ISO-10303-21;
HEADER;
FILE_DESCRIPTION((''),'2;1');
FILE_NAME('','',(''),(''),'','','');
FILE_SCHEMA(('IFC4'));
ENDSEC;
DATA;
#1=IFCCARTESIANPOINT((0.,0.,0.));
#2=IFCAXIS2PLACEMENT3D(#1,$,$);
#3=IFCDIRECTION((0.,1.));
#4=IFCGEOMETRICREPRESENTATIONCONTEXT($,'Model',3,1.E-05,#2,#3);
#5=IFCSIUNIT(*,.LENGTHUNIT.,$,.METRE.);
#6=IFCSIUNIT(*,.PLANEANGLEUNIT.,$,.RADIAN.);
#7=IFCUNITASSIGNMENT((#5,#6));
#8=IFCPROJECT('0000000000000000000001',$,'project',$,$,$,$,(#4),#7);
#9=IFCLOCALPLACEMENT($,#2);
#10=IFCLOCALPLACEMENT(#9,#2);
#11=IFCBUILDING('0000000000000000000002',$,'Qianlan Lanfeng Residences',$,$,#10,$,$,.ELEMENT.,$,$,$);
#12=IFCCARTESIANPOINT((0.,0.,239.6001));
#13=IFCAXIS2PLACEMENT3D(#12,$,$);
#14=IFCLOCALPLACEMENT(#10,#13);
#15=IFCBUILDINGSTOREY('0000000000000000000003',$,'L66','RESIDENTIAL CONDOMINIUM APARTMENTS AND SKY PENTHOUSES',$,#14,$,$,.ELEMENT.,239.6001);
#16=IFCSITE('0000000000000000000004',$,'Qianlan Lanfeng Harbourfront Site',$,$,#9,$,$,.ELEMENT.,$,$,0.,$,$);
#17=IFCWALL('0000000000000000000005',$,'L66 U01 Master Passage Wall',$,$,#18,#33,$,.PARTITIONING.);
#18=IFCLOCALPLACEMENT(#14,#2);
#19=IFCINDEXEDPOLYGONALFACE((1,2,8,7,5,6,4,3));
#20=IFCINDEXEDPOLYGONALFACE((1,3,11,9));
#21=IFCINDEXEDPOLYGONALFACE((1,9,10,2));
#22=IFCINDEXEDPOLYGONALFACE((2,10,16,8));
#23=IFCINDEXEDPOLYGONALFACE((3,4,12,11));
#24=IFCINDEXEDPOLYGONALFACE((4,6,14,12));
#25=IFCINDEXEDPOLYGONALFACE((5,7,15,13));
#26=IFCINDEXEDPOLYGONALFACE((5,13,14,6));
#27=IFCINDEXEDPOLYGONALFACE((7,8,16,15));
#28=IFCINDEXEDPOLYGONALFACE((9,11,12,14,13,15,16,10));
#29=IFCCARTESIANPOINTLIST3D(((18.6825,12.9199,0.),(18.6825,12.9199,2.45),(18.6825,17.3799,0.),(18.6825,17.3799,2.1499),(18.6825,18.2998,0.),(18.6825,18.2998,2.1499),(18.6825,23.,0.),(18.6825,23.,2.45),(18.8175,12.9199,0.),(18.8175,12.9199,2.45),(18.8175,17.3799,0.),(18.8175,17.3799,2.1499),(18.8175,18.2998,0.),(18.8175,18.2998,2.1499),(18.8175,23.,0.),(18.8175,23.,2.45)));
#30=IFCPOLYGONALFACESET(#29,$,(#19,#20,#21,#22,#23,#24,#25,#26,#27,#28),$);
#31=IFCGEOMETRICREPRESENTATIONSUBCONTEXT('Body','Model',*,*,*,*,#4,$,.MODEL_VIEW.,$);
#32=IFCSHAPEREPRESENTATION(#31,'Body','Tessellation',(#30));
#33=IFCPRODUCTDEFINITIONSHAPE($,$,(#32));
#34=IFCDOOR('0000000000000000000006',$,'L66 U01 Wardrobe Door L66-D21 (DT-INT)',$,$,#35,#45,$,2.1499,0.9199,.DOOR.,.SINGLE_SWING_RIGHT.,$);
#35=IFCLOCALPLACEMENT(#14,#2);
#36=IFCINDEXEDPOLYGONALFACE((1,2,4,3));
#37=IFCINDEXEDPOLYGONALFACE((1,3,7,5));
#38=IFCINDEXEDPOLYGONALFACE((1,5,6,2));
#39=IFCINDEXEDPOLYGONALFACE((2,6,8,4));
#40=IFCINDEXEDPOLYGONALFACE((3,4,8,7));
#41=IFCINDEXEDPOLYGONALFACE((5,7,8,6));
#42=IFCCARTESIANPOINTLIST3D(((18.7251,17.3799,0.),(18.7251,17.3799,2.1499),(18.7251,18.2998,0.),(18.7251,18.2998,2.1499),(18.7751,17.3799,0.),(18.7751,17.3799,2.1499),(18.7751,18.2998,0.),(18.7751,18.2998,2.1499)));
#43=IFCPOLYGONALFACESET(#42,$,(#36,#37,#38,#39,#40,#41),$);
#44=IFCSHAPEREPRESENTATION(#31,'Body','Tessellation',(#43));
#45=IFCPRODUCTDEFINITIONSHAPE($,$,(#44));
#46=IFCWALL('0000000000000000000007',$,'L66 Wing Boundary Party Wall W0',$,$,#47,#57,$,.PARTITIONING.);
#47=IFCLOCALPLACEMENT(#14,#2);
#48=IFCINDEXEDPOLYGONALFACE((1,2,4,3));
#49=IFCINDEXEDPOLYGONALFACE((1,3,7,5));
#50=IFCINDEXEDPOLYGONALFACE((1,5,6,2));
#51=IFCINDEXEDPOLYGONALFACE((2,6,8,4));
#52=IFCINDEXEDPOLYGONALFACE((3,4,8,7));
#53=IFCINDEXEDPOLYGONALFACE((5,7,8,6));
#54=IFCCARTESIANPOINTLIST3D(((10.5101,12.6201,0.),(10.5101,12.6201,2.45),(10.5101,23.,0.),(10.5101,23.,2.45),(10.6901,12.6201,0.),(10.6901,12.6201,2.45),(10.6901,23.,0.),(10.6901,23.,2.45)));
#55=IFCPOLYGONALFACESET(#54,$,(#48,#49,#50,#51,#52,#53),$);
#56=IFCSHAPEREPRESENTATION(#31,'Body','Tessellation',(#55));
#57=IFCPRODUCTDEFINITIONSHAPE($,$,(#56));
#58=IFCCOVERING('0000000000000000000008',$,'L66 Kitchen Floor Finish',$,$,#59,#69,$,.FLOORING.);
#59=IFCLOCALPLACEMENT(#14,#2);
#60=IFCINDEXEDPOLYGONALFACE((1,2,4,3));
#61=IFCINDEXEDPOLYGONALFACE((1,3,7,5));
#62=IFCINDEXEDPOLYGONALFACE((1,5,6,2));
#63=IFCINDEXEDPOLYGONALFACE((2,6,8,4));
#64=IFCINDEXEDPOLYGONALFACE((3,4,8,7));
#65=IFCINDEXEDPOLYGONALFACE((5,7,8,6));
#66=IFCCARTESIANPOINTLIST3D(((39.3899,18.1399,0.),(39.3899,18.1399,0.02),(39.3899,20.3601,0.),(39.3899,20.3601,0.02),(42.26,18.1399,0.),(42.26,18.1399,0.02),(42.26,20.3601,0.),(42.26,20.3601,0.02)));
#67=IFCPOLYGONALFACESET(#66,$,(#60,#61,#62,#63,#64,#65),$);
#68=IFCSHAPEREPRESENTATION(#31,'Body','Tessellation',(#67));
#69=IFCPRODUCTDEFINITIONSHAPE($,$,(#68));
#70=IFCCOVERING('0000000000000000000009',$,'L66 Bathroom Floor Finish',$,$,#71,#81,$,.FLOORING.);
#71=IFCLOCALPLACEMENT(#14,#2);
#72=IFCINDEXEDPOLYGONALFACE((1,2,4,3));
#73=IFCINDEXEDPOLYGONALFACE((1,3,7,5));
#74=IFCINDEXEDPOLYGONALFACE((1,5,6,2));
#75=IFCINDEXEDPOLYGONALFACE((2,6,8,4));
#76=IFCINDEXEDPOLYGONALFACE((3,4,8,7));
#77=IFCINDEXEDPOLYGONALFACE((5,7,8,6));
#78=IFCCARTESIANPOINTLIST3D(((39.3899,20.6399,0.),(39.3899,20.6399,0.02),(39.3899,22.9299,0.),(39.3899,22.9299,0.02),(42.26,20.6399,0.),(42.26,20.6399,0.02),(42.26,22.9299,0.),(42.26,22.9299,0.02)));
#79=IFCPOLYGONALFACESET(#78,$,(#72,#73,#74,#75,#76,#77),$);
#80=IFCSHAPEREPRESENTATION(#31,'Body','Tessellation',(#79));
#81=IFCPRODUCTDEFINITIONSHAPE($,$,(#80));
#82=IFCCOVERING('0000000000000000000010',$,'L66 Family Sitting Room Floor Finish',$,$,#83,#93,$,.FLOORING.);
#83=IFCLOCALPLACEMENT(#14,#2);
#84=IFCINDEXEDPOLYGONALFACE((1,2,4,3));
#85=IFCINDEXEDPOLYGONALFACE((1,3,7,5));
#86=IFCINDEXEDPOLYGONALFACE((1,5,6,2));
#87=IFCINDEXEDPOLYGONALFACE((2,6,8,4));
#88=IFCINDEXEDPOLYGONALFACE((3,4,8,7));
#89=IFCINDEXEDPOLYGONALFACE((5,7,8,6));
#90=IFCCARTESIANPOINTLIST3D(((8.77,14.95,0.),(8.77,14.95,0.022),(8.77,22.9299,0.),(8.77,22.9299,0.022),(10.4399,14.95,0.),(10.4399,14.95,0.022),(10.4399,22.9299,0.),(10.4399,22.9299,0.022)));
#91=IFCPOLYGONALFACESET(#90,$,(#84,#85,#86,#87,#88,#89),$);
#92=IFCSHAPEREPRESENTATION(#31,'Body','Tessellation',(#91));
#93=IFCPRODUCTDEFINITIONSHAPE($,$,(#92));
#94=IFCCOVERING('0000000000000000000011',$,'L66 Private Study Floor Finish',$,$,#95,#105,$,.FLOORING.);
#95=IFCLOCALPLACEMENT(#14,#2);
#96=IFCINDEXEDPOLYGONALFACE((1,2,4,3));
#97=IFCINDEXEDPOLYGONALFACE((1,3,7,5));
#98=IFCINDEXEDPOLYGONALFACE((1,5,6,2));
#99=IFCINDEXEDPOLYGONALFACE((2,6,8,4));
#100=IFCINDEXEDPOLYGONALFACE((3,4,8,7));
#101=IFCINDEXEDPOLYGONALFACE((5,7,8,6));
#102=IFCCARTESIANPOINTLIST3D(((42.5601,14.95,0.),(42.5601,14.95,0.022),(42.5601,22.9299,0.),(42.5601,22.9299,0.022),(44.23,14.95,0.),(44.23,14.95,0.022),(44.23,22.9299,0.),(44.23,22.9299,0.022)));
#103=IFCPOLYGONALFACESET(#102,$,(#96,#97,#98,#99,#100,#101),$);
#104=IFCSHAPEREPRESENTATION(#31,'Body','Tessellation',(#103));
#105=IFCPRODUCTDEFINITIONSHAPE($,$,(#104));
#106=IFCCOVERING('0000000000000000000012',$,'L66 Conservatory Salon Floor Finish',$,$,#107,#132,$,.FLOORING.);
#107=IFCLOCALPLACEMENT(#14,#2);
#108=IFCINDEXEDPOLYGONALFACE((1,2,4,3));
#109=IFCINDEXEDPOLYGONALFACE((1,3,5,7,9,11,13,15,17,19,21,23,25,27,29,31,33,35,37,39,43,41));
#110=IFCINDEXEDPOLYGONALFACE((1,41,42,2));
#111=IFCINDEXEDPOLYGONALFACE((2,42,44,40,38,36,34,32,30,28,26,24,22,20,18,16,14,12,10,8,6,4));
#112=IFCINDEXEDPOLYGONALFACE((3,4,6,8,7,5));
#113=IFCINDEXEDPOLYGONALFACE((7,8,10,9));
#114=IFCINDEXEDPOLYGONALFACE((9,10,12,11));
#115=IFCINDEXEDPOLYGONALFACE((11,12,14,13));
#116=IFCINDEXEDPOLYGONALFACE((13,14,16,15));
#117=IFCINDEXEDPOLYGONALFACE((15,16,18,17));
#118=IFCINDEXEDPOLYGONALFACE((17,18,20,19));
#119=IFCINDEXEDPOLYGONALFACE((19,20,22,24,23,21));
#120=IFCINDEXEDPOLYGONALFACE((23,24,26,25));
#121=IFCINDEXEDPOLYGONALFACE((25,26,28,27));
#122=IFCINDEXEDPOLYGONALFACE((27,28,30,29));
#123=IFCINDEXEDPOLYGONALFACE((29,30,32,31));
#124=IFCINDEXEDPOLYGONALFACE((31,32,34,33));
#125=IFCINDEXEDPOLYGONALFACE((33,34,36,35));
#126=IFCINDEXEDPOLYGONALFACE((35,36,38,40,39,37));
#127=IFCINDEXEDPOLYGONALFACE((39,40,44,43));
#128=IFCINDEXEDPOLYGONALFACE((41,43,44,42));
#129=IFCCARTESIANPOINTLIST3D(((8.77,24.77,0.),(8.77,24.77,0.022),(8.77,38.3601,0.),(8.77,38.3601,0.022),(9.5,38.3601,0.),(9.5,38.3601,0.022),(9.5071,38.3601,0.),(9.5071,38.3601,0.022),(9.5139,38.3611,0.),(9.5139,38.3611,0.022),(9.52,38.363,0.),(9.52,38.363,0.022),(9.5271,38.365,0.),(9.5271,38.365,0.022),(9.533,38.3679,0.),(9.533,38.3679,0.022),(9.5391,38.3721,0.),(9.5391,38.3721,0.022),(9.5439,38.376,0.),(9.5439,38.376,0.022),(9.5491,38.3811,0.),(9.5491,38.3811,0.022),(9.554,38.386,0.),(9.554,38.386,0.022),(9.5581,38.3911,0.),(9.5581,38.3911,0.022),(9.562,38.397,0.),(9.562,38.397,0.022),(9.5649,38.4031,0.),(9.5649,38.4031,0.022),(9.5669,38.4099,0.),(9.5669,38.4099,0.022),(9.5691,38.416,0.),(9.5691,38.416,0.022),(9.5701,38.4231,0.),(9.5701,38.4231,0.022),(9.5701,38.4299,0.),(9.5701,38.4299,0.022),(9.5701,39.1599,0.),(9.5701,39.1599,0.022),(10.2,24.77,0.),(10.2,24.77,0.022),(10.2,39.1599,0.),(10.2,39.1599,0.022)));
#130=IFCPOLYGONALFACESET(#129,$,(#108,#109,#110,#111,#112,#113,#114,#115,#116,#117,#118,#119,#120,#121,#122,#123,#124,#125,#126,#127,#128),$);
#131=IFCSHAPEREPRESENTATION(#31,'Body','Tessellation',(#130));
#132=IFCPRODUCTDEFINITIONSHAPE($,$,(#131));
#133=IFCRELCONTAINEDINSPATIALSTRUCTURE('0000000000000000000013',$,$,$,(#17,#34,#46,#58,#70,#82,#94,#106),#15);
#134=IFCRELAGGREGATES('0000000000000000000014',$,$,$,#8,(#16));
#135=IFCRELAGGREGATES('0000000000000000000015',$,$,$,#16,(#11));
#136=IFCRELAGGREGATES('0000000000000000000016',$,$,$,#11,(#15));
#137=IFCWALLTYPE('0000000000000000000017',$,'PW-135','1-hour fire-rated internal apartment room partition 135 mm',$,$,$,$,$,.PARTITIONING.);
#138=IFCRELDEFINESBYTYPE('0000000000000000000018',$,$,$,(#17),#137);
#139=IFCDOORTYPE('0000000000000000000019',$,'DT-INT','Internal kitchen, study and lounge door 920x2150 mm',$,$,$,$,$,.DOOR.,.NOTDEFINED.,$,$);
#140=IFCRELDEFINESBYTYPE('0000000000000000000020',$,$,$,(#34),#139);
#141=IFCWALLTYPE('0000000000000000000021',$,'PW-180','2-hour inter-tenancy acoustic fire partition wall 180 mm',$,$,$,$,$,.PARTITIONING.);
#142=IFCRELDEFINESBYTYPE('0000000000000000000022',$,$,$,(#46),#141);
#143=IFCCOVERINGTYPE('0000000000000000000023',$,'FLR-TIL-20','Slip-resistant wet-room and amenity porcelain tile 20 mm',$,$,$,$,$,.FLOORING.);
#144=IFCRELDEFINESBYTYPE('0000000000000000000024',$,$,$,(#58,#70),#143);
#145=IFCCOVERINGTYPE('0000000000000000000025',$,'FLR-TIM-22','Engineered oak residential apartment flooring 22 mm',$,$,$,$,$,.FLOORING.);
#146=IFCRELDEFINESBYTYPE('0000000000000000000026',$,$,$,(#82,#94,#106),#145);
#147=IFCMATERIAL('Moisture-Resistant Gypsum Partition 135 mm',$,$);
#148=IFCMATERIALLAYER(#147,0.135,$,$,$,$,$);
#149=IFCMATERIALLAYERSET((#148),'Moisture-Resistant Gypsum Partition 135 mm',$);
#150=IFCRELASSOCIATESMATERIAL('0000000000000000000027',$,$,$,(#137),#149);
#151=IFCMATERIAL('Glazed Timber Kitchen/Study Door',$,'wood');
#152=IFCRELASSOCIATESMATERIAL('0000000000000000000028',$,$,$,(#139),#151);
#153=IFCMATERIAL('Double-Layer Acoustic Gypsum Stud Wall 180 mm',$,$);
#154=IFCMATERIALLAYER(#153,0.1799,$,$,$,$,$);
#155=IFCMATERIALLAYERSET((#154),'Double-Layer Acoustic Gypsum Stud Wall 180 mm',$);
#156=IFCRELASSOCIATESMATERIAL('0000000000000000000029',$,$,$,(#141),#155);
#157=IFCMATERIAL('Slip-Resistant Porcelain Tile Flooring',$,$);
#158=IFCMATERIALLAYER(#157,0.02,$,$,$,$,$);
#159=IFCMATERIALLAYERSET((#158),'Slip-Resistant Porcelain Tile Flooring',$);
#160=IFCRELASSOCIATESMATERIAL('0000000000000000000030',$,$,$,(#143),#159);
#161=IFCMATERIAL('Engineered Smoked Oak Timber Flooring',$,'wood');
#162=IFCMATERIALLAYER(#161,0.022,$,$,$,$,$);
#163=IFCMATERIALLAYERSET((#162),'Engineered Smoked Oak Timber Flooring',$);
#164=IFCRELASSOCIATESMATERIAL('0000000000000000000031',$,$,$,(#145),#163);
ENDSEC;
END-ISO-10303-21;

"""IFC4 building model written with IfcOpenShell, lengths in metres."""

from ifc_helpers import new_model, si_unit, direction, frame, frame_2d, origin, place, context, subcontext, project, spatial, polyline, rectangle, outline, extrude, material, layer, layer_set, type_object, element, fill, save


model = new_model("IFC4")

# Units and contexts
model_context = context("Model", 3, precision=1e-05, world=origin(), true_north=direction((0.0, 1.0)))
body_context = subcontext(model_context, "Body", "Model", "MODEL_VIEW")
ifc_project = project(units=[si_unit("LENGTHUNIT", "METRE"), si_unit("PLANEANGLEUNIT", "RADIAN")], contexts=[model_context])

# Site, building, storey
site_placement = place(None, origin())
site = spatial("IfcSite", under=ifc_project, at=site_placement, Name="Qianlan Lanfeng Harbourfront Site", CompositionType="ELEMENT", RefElevation=0.0)
building_placement = place(site_placement, origin())
building = spatial("IfcBuilding", under=site, at=building_placement, Name="Qianlan Lanfeng Residences", CompositionType="ELEMENT")
storey_placement = place(building_placement, frame((0.0, 0.0, 239.6001)))
storey = spatial("IfcBuildingStorey", under=building, at=storey_placement, Name="L66", Description="RESIDENTIAL CONDOMINIUM APARTMENTS AND SKY PENTHOUSES", CompositionType="ELEMENT", Elevation=239.6001)

# Shared definitions
ifc_material_1 = material(Name="Moisture-Resistant Gypsum Partition 135 mm")
ifc_layer_1 = layer(ifc_material_1, 0.135)
ifc_layer_set_1 = layer_set([ifc_layer_1], Name="Moisture-Resistant Gypsum Partition 135 mm")
wall_type_1 = type_object("IfcWallType", Name="PW-135", Description="1-hour fire-rated internal apartment room partition 135 mm", PredefinedType="PARTITIONING", material=ifc_layer_set_1)
ifc_material_2 = material(Name="Glazed Timber Kitchen/Study Door", Category="wood")
door_type_1 = type_object("IfcDoorType", Name="DT-INT", Description="Internal kitchen, study and lounge door 920x2150 mm", OperationType="NOTDEFINED", PredefinedType="DOOR", material=ifc_material_2)

# Wall, opening, door
wall_1_placement = place(storey_placement, frame((18.75, 12.9199, 0.0), z_axis=(0.0, 0.0, 1.0), x_axis=(0.0, 1.0, 0.0)))
wall_1 = element("IfcWall", 1, at=wall_1_placement, inside=storey, type_object=wall_type_1, Name="L66 U01 Master Passage Wall", PredefinedType="PARTITIONING", context=body_context, shape_type="SweptSolid", body=[
    extrude(rectangle(XDim=10.0801, YDim=0.135, at=frame_2d((5.04, 0.0))), origin(), (0.0, 0.0, 1.0), 2.45),
])
opening_1_placement = place(wall_1_placement, frame((4.46, 0.0, 0.0)))
opening_1 = element("IfcOpeningElement", 2, at=opening_1_placement, cuts=wall_1, PredefinedType="OPENING", context=body_context, shape_type="SweptSolid", body=[
    extrude(rectangle(XDim=0.9199, YDim=2.1499, at=frame_2d((0.46, 1.075))), frame((0.0, 0.0776, 0.0), z_axis=(0.0, -1.0, 0.0), x_axis=(1.0, 0.0, 0.0)), (0.0, 0.0, 1.0), 0.155),
])
door_1_placement = place(opening_1_placement, origin())
door_1 = element("IfcDoor", 3, at=door_1_placement, inside=storey, type_object=door_type_1, Name="L66 U01 Wardrobe Door L66-D21 (DT-INT)", OperationType="SINGLE_SWING_RIGHT", OverallHeight=2.1499, OverallWidth=0.9199, PredefinedType="DOOR", context=body_context, shape_type="SweptSolid", body=[
    extrude(rectangle(XDim=0.9199, YDim=2.1499, at=frame_2d((0.46, 1.075))), frame((0.0, 0.0249, 0.0), z_axis=(0.0, -1.0, 0.0), x_axis=(1.0, 0.0, 0.0)), (0.0, 0.0, 1.0), 0.05),
])
fill(opening_1, door_1)

# Wall
ifc_material_3 = material(Name="Double-Layer Acoustic Gypsum Stud Wall 180 mm")
ifc_layer_2 = layer(ifc_material_3, 0.1799)
ifc_layer_set_2 = layer_set([ifc_layer_2], Name="Double-Layer Acoustic Gypsum Stud Wall 180 mm")
wall_type_2 = type_object("IfcWallType", Name="PW-180", Description="2-hour inter-tenancy acoustic fire partition wall 180 mm", PredefinedType="PARTITIONING", material=ifc_layer_set_2)
wall_2_placement = place(storey_placement, frame((10.6001, 12.6201, 0.0), z_axis=(0.0, 0.0, 1.0), x_axis=(0.0, 1.0, 0.0)))
element("IfcWall", 4, at=wall_2_placement, inside=storey, type_object=wall_type_2, Name="L66 Wing Boundary Party Wall W0", PredefinedType="PARTITIONING", context=body_context, shape_type="SweptSolid", body=[
    extrude(rectangle(XDim=10.3799, YDim=0.1799, at=frame_2d((5.1899, 0.0))), origin(), (0.0, 0.0, 1.0), 2.45),
])

# Coverings
ifc_material_4 = material(Name="Slip-Resistant Porcelain Tile Flooring")
ifc_layer_3 = layer(ifc_material_4, 0.02)
ifc_layer_set_3 = layer_set([ifc_layer_3], Name="Slip-Resistant Porcelain Tile Flooring")
covering_type_1 = type_object("IfcCoveringType", Name="FLR-TIL-20", Description="Slip-resistant wet-room and amenity porcelain tile 20 mm", PredefinedType="FLOORING", material=ifc_layer_set_3)
covering_1_placement = place(storey_placement, origin())
element("IfcCovering", 5, at=covering_1_placement, inside=storey, type_object=covering_type_1, Name="L66 Kitchen Floor Finish", PredefinedType="FLOORING", context=body_context, shape_type="SweptSolid", body=[
    extrude(outline(polyline([(39.3899, 18.1399), (42.26, 18.1399), (42.26, 20.3601), (39.3899, 20.3601), (39.3899, 18.1399)])), origin(), (0.0, 0.0, 1.0), 0.02),
])
covering_2_placement = place(storey_placement, origin())
element("IfcCovering", 6, at=covering_2_placement, inside=storey, type_object=covering_type_1, Name="L66 Bathroom Floor Finish", PredefinedType="FLOORING", context=body_context, shape_type="SweptSolid", body=[
    extrude(outline(polyline([(39.3899, 20.6399), (42.26, 20.6399), (42.26, 22.9299), (39.3899, 22.9299), (39.3899, 20.6399)])), origin(), (0.0, 0.0, 1.0), 0.02),
])
ifc_material_5 = material(Name="Engineered Smoked Oak Timber Flooring", Category="wood")
ifc_layer_4 = layer(ifc_material_5, 0.022)
ifc_layer_set_4 = layer_set([ifc_layer_4], Name="Engineered Smoked Oak Timber Flooring")
covering_type_2 = type_object("IfcCoveringType", Name="FLR-TIM-22", Description="Engineered oak residential apartment flooring 22 mm", PredefinedType="FLOORING", material=ifc_layer_set_4)
covering_3_placement = place(storey_placement, origin())
element("IfcCovering", 7, at=covering_3_placement, inside=storey, type_object=covering_type_2, Name="L66 Family Sitting Room Floor Finish", PredefinedType="FLOORING", context=body_context, shape_type="SweptSolid", body=[
    extrude(outline(polyline([(10.4399, 22.9299), (8.77, 22.9299), (8.77, 14.95), (10.4399, 14.95), (10.4399, 22.9299)])), origin(), (0.0, 0.0, 1.0), 0.022),
])
covering_4_placement = place(storey_placement, origin())
element("IfcCovering", 8, at=covering_4_placement, inside=storey, type_object=covering_type_2, Name="L66 Private Study Floor Finish", PredefinedType="FLOORING", context=body_context, shape_type="SweptSolid", body=[
    extrude(outline(polyline([(44.23, 22.9299), (42.5601, 22.9299), (42.5601, 14.95), (44.23, 14.95), (44.23, 22.9299)])), origin(), (0.0, 0.0, 1.0), 0.022),
])
covering_5_placement = place(storey_placement, origin())
element("IfcCovering", 9, at=covering_5_placement, inside=storey, type_object=covering_type_2, Name="L66 Conservatory Salon Floor Finish", PredefinedType="FLOORING", context=body_context, shape_type="SweptSolid", body=[
    extrude(outline(polyline([(10.2, 24.77), (10.2, 39.1599), (9.5701, 39.1599), (9.5701, 38.4299), (9.5701, 38.4231), (9.5691, 38.416), (9.5669, 38.4099), (9.5649, 38.4031), (9.562, 38.397), (9.5581, 38.3911), (9.554, 38.386), (9.5491, 38.3811), (9.5439, 38.376), (9.5391, 38.3721), (9.533, 38.3679), (9.5271, 38.365), (9.52, 38.363), (9.5139, 38.3611), (9.5071, 38.3601), (9.5, 38.3601), (8.77, 38.3601), (8.77, 24.77), (10.2, 24.77)])), origin(), (0.0, 0.0, 1.0), 0.022),
])

save(model, "model.ifc")
